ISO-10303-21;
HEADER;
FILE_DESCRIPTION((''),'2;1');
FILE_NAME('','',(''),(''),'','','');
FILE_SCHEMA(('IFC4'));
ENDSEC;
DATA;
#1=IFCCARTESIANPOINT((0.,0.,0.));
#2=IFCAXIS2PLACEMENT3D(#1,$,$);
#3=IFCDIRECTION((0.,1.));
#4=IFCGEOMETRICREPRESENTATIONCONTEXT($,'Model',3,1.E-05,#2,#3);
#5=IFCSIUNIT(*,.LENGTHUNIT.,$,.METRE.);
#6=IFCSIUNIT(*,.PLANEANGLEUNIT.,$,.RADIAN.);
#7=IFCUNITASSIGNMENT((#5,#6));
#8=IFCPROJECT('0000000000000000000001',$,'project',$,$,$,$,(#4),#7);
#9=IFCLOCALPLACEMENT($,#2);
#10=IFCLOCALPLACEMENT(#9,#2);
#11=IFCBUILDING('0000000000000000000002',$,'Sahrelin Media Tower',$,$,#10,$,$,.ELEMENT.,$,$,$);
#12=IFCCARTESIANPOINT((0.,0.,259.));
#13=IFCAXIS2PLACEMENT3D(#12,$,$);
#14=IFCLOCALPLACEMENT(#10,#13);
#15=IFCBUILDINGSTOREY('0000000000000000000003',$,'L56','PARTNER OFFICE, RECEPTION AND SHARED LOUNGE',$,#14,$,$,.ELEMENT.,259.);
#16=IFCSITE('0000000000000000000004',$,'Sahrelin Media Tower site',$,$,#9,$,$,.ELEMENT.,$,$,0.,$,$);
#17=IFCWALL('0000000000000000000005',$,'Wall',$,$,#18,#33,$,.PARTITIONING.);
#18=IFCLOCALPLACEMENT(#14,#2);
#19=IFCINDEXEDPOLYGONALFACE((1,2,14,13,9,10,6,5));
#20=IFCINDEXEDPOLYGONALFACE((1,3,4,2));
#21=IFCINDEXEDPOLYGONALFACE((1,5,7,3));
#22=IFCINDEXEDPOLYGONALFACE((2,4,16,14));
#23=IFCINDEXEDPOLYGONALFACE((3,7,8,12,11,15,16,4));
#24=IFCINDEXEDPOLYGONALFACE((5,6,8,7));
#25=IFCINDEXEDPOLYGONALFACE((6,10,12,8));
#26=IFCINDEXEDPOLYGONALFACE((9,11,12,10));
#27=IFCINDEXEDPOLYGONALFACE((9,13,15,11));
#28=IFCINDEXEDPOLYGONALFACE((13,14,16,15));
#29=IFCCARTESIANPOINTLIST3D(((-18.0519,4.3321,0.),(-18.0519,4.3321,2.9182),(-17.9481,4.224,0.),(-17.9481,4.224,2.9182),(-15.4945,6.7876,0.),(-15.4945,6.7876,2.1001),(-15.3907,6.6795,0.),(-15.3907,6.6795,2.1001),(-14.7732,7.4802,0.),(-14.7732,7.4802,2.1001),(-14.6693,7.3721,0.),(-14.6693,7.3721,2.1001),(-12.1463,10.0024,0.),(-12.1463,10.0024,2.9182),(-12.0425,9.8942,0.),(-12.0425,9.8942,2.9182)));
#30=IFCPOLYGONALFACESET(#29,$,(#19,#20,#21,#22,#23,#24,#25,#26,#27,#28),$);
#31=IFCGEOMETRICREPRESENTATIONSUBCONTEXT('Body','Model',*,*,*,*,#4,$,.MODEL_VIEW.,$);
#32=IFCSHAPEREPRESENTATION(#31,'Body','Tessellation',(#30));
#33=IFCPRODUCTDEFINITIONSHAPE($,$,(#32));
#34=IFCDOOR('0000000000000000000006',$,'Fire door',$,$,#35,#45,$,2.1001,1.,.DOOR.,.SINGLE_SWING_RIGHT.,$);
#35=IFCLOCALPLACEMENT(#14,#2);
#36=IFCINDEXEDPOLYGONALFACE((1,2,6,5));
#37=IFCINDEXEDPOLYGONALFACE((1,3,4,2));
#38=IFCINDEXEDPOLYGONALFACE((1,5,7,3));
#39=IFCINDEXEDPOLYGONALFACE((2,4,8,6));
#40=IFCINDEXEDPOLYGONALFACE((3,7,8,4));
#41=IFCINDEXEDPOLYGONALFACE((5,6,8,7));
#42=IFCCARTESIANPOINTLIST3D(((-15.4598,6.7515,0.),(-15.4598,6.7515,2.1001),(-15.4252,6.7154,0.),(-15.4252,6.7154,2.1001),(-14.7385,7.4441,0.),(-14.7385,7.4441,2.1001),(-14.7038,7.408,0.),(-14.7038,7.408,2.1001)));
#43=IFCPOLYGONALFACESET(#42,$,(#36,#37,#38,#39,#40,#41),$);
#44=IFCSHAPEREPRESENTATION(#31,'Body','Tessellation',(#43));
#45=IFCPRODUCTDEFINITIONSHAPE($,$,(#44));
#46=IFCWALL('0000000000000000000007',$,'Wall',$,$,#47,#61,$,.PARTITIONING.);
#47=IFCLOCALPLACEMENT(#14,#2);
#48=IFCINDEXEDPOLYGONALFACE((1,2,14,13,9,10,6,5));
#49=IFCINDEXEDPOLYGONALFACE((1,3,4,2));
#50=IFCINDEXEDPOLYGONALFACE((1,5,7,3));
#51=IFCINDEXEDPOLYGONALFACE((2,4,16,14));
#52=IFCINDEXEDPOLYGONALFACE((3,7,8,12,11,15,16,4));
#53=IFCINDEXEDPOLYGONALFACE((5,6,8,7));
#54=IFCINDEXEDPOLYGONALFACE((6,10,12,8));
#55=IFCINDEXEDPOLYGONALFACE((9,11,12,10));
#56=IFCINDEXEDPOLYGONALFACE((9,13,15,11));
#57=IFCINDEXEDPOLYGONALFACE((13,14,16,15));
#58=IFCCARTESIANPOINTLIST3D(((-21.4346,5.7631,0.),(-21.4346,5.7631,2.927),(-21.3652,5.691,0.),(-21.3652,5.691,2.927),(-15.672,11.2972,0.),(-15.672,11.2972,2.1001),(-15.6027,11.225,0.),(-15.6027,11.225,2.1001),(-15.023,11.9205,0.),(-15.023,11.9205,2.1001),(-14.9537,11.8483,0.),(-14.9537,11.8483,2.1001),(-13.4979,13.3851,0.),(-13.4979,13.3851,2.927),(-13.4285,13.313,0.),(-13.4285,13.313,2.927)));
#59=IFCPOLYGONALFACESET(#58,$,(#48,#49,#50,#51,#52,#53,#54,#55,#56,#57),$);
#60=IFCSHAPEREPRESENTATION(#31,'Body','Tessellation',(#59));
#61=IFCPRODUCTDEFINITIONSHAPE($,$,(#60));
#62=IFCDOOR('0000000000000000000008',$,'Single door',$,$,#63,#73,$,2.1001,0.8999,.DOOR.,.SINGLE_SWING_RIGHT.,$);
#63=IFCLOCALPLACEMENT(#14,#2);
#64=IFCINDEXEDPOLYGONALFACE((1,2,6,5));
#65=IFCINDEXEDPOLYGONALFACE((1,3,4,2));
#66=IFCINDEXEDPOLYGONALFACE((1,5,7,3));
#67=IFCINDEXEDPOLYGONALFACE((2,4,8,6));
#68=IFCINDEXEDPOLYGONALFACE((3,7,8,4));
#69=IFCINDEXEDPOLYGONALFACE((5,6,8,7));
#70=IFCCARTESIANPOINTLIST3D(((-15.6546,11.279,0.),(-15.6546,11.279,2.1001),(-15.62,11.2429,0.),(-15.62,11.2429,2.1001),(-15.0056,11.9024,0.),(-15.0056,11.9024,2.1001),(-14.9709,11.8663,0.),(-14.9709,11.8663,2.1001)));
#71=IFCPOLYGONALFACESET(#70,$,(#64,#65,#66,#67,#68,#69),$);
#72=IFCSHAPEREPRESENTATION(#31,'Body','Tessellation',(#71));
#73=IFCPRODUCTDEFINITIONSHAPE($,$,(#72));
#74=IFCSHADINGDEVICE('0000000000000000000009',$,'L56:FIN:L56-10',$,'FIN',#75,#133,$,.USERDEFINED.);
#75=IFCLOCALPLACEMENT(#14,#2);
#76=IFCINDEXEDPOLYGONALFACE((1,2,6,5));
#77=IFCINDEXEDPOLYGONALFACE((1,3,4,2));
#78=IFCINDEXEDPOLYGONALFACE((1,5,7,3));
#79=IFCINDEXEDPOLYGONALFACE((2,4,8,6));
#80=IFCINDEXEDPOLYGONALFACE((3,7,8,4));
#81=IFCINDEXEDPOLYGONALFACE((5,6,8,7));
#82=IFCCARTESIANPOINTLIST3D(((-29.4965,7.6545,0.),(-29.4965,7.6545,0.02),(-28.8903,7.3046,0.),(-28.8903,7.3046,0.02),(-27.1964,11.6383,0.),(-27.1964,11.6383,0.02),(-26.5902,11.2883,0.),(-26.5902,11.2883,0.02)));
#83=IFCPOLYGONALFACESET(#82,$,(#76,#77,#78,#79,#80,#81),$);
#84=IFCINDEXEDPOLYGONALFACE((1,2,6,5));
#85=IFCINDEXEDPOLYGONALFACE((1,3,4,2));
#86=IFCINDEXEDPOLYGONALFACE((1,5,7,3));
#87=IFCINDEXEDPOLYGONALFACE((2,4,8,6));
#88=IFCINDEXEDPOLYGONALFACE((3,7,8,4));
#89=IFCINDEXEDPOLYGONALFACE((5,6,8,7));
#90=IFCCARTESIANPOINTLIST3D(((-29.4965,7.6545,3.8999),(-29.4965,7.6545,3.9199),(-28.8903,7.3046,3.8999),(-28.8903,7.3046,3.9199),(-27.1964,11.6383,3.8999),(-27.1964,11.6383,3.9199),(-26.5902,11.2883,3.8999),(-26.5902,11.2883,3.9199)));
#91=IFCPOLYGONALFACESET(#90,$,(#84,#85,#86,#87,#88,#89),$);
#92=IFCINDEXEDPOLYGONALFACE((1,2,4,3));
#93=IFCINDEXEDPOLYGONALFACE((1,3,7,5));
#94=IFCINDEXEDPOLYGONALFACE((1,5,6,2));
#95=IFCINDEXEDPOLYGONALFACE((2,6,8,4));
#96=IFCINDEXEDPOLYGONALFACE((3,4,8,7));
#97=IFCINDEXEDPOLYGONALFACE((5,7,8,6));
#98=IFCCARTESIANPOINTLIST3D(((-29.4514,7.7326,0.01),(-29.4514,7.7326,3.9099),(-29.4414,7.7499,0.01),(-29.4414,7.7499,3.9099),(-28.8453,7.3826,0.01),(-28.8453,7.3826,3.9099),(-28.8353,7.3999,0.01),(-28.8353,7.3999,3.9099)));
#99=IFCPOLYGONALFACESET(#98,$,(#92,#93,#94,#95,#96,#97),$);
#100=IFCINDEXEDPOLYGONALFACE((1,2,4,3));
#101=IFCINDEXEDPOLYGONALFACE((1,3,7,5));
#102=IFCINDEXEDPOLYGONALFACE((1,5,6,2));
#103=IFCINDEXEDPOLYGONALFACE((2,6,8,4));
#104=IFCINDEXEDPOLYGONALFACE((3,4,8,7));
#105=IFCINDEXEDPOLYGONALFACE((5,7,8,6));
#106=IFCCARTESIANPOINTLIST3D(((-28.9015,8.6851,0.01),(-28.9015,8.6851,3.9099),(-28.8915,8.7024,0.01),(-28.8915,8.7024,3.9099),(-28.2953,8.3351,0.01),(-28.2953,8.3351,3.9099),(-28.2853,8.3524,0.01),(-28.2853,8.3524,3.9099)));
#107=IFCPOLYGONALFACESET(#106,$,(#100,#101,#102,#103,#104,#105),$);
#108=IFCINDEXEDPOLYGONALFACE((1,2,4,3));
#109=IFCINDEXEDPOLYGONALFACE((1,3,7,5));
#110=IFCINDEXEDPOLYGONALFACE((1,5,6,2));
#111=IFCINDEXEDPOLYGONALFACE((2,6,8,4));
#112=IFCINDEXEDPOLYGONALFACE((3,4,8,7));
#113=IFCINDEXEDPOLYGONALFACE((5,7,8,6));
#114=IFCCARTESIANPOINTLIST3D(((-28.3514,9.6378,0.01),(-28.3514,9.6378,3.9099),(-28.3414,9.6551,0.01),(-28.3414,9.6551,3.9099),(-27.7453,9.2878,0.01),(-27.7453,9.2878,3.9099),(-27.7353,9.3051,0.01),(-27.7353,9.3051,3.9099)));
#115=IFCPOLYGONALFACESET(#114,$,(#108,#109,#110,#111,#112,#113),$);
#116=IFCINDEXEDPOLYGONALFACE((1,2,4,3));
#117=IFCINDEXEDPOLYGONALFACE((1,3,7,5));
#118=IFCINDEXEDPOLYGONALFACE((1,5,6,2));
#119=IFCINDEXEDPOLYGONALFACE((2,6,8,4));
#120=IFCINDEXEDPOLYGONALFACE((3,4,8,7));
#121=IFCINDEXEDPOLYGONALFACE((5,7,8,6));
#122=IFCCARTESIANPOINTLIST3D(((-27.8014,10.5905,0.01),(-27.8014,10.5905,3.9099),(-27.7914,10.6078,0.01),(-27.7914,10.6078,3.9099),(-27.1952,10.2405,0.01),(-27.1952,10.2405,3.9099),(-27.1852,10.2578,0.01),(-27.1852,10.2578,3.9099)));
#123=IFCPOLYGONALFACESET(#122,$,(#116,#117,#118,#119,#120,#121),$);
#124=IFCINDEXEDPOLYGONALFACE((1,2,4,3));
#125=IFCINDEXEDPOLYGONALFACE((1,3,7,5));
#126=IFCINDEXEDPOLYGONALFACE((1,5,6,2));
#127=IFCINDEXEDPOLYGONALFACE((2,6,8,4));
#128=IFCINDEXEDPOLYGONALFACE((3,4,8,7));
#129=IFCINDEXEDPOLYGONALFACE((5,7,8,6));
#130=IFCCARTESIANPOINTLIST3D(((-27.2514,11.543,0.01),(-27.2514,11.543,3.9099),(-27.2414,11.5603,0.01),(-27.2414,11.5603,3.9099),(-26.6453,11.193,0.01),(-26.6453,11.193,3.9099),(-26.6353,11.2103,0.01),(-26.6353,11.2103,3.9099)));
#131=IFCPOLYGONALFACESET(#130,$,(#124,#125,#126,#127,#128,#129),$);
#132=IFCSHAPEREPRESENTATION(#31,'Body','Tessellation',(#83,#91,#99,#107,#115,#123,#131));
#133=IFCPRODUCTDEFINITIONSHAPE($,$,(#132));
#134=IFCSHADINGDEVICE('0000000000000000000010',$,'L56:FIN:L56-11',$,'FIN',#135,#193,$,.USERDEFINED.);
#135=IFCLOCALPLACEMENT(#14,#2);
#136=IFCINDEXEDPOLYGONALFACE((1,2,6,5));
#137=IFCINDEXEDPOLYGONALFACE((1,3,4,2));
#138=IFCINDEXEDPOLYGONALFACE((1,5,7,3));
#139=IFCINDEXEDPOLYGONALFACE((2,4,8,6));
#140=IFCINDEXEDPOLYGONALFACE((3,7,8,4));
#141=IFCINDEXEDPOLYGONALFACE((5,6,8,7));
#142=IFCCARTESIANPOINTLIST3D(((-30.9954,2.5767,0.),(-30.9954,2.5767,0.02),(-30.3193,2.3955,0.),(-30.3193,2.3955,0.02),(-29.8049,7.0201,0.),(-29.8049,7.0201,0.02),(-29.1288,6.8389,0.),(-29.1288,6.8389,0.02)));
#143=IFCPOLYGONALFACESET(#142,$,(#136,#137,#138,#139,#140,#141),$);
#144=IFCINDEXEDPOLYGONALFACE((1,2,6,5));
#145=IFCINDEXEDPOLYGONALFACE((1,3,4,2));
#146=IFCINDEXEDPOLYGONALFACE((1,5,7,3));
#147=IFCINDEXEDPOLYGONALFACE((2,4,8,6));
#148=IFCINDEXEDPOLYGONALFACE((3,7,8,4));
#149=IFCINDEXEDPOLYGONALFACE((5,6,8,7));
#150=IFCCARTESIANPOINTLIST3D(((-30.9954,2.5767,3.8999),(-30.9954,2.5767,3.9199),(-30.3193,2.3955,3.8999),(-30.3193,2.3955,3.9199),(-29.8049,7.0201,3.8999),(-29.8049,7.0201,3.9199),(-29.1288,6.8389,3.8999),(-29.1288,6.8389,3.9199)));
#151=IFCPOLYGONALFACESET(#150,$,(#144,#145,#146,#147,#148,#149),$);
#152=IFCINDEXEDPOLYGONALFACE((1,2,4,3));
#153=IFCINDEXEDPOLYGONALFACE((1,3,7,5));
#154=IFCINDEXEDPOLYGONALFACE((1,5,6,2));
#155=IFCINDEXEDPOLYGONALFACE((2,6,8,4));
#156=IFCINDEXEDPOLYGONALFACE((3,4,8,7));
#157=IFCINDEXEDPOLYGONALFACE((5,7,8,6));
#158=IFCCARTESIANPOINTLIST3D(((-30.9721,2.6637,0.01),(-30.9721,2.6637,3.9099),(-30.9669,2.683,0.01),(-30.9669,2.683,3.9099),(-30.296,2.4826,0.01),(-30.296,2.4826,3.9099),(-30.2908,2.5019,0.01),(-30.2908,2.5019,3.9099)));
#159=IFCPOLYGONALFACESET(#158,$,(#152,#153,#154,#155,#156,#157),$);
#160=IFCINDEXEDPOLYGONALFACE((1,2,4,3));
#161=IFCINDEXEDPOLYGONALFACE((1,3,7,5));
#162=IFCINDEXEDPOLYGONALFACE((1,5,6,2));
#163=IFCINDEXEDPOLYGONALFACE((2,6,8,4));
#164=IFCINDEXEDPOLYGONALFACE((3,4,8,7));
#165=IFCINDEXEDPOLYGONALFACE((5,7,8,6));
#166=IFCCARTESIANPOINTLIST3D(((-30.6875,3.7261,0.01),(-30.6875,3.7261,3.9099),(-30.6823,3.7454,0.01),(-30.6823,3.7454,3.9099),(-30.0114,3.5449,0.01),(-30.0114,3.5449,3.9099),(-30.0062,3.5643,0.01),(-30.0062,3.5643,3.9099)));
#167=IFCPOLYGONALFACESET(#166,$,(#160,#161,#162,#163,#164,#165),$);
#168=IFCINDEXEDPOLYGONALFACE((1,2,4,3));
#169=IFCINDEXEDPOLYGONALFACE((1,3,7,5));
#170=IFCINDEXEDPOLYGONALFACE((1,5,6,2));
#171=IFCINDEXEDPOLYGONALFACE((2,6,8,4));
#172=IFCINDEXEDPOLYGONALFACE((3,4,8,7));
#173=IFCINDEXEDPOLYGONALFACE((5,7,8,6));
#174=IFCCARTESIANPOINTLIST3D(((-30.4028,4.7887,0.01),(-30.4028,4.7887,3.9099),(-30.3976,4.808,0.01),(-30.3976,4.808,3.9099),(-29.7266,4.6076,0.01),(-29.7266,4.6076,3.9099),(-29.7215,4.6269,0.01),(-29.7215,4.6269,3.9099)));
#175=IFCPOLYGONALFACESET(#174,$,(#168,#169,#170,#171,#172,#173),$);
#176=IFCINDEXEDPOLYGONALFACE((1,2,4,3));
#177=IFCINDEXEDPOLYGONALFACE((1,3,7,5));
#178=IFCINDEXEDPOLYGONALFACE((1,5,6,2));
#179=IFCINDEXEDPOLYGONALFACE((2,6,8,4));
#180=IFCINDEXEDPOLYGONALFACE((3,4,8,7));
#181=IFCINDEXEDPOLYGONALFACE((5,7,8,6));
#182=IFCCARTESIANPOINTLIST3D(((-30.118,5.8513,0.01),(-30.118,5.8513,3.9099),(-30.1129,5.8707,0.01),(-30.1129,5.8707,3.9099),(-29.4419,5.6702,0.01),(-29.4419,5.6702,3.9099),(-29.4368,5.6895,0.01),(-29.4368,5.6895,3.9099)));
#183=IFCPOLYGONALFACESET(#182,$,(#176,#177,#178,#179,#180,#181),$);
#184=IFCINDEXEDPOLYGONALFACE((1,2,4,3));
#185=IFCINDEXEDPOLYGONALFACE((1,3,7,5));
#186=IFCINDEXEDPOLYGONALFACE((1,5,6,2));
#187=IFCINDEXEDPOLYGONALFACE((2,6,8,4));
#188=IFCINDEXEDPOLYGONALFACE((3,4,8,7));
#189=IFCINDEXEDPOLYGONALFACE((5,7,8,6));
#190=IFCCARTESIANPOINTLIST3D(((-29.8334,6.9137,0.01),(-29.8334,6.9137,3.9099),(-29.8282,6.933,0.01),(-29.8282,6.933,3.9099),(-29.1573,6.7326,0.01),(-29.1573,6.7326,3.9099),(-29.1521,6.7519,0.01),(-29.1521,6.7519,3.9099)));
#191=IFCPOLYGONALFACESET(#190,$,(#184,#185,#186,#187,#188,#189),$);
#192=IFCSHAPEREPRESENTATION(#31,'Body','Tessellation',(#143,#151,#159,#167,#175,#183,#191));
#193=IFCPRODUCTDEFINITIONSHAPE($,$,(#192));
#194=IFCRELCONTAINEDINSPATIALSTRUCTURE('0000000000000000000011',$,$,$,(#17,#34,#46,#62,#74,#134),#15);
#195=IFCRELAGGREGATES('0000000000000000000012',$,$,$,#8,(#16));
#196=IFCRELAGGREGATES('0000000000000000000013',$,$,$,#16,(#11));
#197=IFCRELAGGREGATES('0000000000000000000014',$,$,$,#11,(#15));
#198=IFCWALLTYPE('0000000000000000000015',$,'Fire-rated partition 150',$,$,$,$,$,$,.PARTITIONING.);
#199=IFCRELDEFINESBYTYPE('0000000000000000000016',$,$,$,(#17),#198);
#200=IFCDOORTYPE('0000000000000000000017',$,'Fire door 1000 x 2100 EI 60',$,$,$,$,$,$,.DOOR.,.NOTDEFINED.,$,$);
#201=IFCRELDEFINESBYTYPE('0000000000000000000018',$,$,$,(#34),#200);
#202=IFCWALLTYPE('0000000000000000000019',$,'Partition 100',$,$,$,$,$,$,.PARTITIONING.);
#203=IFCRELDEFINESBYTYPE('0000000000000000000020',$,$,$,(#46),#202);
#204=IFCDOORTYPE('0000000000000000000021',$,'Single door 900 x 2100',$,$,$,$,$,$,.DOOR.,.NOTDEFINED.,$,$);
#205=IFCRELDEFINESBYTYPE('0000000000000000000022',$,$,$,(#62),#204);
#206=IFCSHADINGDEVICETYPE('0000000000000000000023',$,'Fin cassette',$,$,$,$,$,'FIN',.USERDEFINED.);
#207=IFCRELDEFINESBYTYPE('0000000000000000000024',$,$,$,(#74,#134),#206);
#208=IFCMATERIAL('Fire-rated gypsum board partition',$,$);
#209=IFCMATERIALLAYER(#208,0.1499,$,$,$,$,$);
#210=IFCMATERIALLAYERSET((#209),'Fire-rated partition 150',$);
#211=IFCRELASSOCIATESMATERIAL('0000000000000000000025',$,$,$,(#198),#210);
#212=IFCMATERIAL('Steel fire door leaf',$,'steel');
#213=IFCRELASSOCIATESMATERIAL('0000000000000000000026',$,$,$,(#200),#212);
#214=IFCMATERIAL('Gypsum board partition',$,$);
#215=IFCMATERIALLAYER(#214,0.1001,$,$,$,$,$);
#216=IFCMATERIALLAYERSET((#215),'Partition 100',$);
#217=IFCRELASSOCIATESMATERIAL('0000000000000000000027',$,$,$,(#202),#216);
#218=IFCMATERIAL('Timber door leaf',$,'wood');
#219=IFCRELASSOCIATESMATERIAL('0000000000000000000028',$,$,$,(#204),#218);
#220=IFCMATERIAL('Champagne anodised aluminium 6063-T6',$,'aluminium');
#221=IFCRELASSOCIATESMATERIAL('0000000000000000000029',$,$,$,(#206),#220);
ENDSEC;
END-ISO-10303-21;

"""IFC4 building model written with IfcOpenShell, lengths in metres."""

from ifc_helpers import new_model, si_unit, direction, frame, frame_2d, origin, origin_2d, place, context, subcontext, project, spatial, rectangle, extrude, material, layer, layer_set, type_object, element, fill, save


model = new_model("IFC4")

# Units and contexts
model_context = context("Model", 3, precision=1e-05, world=origin(), true_north=direction((0.0, 1.0)))
body_context = subcontext(model_context, "Body", "Model", "MODEL_VIEW")
ifc_project = project(units=[si_unit("LENGTHUNIT", "METRE"), si_unit("PLANEANGLEUNIT", "RADIAN")], contexts=[model_context])

# Site, building, storey
site_placement = place(None, origin())
site = spatial("IfcSite", under=ifc_project, at=site_placement, Name="Sahrelin Media Tower site", CompositionType="ELEMENT", RefElevation=0.0)
building_placement = place(site_placement, origin())
building = spatial("IfcBuilding", under=site, at=building_placement, Name="Sahrelin Media Tower", CompositionType="ELEMENT")
storey_placement = place(building_placement, frame((0.0, 0.0, 259.0)))
storey = spatial("IfcBuildingStorey", under=building, at=storey_placement, Name="L56", Description="PARTNER OFFICE, RECEPTION AND SHARED LOUNGE", CompositionType="ELEMENT", Elevation=259.0)

# Shared definitions
ifc_material_1 = material(Name="Champagne anodised aluminium 6063-T6", Category="aluminium")

# Shared definitions
ifc_material_2 = material(Name="Fire-rated gypsum board partition")
ifc_layer_1 = layer(ifc_material_2, 0.1499)
ifc_layer_set_1 = layer_set([ifc_layer_1], Name="Fire-rated partition 150")
wall_type_1 = type_object("IfcWallType", Name="Fire-rated partition 150", PredefinedType="PARTITIONING", material=ifc_layer_set_1)

# Walls, openings, doors
wall_1_placement = place(storey_placement, frame((-18.0, 4.2781, 0.0), z_axis=(0.0, 0.0, 1.0), x_axis=(0.721334, 0.692587, 0.0)))
wall_1 = element("IfcWall", 1, at=wall_1_placement, inside=storey, type_object=wall_type_1, Name="Wall", PredefinedType="PARTITIONING", context=body_context, shape_type="SweptSolid", body=[
    extrude(rectangle(XDim=8.187, YDim=0.1499, at=frame_2d((4.0935, 0.0))), origin(), (0.0, 0.0, 1.0), 2.9182),
])
opening_1_placement = place(wall_1_placement, frame((3.5454, 0.0, 0.0)))
opening_1 = element("IfcOpeningElement", 2, at=opening_1_placement, cuts=wall_1, PredefinedType="OPENING", context=body_context, shape_type="SweptSolid", body=[
    extrude(rectangle(XDim=1.0, YDim=2.1001, at=frame_2d((0.5, 1.05))), frame((0.0, 0.075, 0.0), z_axis=(0.0, -1.0, 0.0), x_axis=(1.0, 0.0, 0.0)), (0.0, 0.0, 1.0), 0.1499),
])
ifc_material_3 = material(Name="Steel fire door leaf", Category="steel")
door_type_1 = type_object("IfcDoorType", Name="Fire door 1000 x 2100 EI 60", OperationType="NOTDEFINED", PredefinedType="DOOR", material=ifc_material_3)
door_1_placement = place(opening_1_placement, origin())
door_1 = element("IfcDoor", 3, at=door_1_placement, inside=storey, type_object=door_type_1, Name="Fire door", OperationType="SINGLE_SWING_RIGHT", OverallHeight=2.1001, OverallWidth=1.0, PredefinedType="DOOR", context=body_context, shape_type="SweptSolid", body=[
    extrude(rectangle(XDim=1.0, YDim=2.1001, at=frame_2d((0.5, 1.05))), frame((0.0, 0.0249, 0.0), z_axis=(0.0, -1.0, 0.0), x_axis=(1.0, 0.0, 0.0)), (0.0, 0.0, 1.0), 0.05),
])
fill(opening_1, door_1)
ifc_material_4 = material(Name="Gypsum board partition")
ifc_layer_2 = layer(ifc_material_4, 0.1001)
ifc_layer_set_2 = layer_set([ifc_layer_2], Name="Partition 100")
wall_type_2 = type_object("IfcWallType", Name="Partition 100", PredefinedType="PARTITIONING", material=ifc_layer_set_2)
wall_2_placement = place(storey_placement, frame((-21.3999, 5.7271, 0.0), z_axis=(0.0, 0.0, 1.0), x_axis=(0.721261, 0.692663, 0.0)))
wall_2 = element("IfcWall", 4, at=wall_2_placement, inside=storey, type_object=wall_type_2, Name="Wall", PredefinedType="PARTITIONING", context=body_context, shape_type="SweptSolid", body=[
    extrude(rectangle(XDim=11.0039, YDim=0.1001, at=frame_2d((5.502, 0.0))), origin(), (0.0, 0.0, 1.0), 2.927),
])
opening_2_placement = place(wall_2_placement, frame((7.9895, 0.0, 0.0)))
opening_2 = element("IfcOpeningElement", 5, at=opening_2_placement, cuts=wall_2, PredefinedType="OPENING", context=body_context, shape_type="SweptSolid", body=[
    extrude(rectangle(XDim=0.8999, YDim=2.1001, at=frame_2d((0.45, 1.05))), frame((0.0, 0.05, 0.0), z_axis=(0.0, -1.0, 0.0), x_axis=(1.0, 0.0, 0.0)), (0.0, 0.0, 1.0), 0.1001),
])
ifc_material_5 = material(Name="Timber door leaf", Category="wood")
door_type_2 = type_object("IfcDoorType", Name="Single door 900 x 2100", OperationType="NOTDEFINED", PredefinedType="DOOR", material=ifc_material_5)
door_2_placement = place(opening_2_placement, origin())
door_2 = element("IfcDoor", 6, at=door_2_placement, inside=storey, type_object=door_type_2, Name="Single door", OperationType="SINGLE_SWING_RIGHT", OverallHeight=2.1001, OverallWidth=0.8999, PredefinedType="DOOR", context=body_context, shape_type="SweptSolid", body=[
    extrude(rectangle(XDim=0.8999, YDim=2.1001, at=frame_2d((0.45, 1.05))), frame((0.0, 0.0249, 0.0), z_axis=(0.0, -1.0, 0.0), x_axis=(1.0, 0.0, 0.0)), (0.0, 0.0, 1.0), 0.05),
])
fill(opening_2, door_2)

# Shading devices
shading_device_type_1 = type_object("IfcShadingDeviceType", Name="Fin cassette", ElementType="FIN", PredefinedType="USERDEFINED", material=ifc_material_1)
placement_1 = place(storey_placement, frame((-27.6797, 9.2615, 0.0), z_axis=(0.0, 0.0, 1.0), x_axis=(0.500011, 0.866019, 0.0)))
element("IfcShadingDevice", 7, at=placement_1, inside=storey, type_object=shading_device_type_1, Name="L56:FIN:L56-10", ObjectType="FIN", PredefinedType="USERDEFINED", context=body_context, shape_type="SweptSolid", body=[
    extrude(rectangle(XDim=4.6001, YDim=0.7, at=origin_2d()), frame((0.0, 0.4199, 0.0)), (0.0, 0.0, 1.0), 0.02),
    extrude(rectangle(XDim=4.6001, YDim=0.7, at=origin_2d()), frame((0.0, 0.4199, 3.8999)), (0.0, 0.0, 1.0), 0.02),
    extrude(rectangle(XDim=0.02, YDim=0.7, at=origin_2d()), frame((-2.2, 0.4199, 0.01), z_axis=(0.0, 0.0, 1.0), x_axis=(1.0, 0.0, 0.0)), (0.0, 0.0, 1.0), 3.8999),
    extrude(rectangle(XDim=0.02, YDim=0.7, at=origin_2d()), frame((-1.1001, 0.4199, 0.01), z_axis=(0.0, 0.0, 1.0), x_axis=(1.0, 0.0, 0.0)), (0.0, 0.0, 1.0), 3.8999),
    extrude(rectangle(XDim=0.02, YDim=0.7, at=origin_2d()), frame((0.0, 0.4199, 0.01), z_axis=(0.0, 0.0, 1.0), x_axis=(1.0, 0.0, 0.0)), (0.0, 0.0, 1.0), 3.8999),
    extrude(rectangle(XDim=0.02, YDim=0.7, at=origin_2d()), frame((1.1001, 0.4199, 0.01), z_axis=(0.0, 0.0, 1.0), x_axis=(1.0, 0.0, 0.0)), (0.0, 0.0, 1.0), 3.8999),
    extrude(rectangle(XDim=0.02, YDim=0.7, at=origin_2d()), frame((2.2, 0.4199, 0.01), z_axis=(0.0, 0.0, 1.0), x_axis=(1.0, 0.0, 0.0)), (0.0, 0.0, 1.0), 3.8999),
])
placement_2 = place(storey_placement, frame((-29.6565, 4.5991, 0.0), z_axis=(0.0, 0.0, 1.0), x_axis=(0.258808, 0.965929, 0.0)))
element("IfcShadingDevice", 8, at=placement_2, inside=storey, type_object=shading_device_type_1, Name="L56:FIN:L56-11", ObjectType="FIN", PredefinedType="USERDEFINED", context=body_context, shape_type="SweptSolid", body=[
    extrude(rectangle(XDim=4.6001, YDim=0.7, at=origin_2d()), frame((0.0, 0.4199, 0.0)), (0.0, 0.0, 1.0), 0.02),
    extrude(rectangle(XDim=4.6001, YDim=0.7, at=origin_2d()), frame((0.0, 0.4199, 3.8999)), (0.0, 0.0, 1.0), 0.02),
    extrude(rectangle(XDim=0.02, YDim=0.7, at=origin_2d()), frame((-2.2, 0.4199, 0.01), z_axis=(0.0, 0.0, 1.0), x_axis=(1.0, 0.0, 0.0)), (0.0, 0.0, 1.0), 3.8999),
    extrude(rectangle(XDim=0.02, YDim=0.7, at=origin_2d()), frame((-1.1001, 0.4199, 0.01), z_axis=(0.0, 0.0, 1.0), x_axis=(1.0, 0.0, 0.0)), (0.0, 0.0, 1.0), 3.8999),
    extrude(rectangle(XDim=0.02, YDim=0.7, at=origin_2d()), frame((0.0, 0.4199, 0.01), z_axis=(0.0, 0.0, 1.0), x_axis=(1.0, 0.0, 0.0)), (0.0, 0.0, 1.0), 3.8999),
    extrude(rectangle(XDim=0.02, YDim=0.7, at=origin_2d()), frame((1.1001, 0.4199, 0.01), z_axis=(0.0, 0.0, 1.0), x_axis=(1.0, 0.0, 0.0)), (0.0, 0.0, 1.0), 3.8999),
    extrude(rectangle(XDim=0.02, YDim=0.7, at=origin_2d()), frame((2.2, 0.4199, 0.01), z_axis=(0.0, 0.0, 1.0), x_axis=(1.0, 0.0, 0.0)), (0.0, 0.0, 1.0), 3.8999),
])

save(model, "model.ifc")
